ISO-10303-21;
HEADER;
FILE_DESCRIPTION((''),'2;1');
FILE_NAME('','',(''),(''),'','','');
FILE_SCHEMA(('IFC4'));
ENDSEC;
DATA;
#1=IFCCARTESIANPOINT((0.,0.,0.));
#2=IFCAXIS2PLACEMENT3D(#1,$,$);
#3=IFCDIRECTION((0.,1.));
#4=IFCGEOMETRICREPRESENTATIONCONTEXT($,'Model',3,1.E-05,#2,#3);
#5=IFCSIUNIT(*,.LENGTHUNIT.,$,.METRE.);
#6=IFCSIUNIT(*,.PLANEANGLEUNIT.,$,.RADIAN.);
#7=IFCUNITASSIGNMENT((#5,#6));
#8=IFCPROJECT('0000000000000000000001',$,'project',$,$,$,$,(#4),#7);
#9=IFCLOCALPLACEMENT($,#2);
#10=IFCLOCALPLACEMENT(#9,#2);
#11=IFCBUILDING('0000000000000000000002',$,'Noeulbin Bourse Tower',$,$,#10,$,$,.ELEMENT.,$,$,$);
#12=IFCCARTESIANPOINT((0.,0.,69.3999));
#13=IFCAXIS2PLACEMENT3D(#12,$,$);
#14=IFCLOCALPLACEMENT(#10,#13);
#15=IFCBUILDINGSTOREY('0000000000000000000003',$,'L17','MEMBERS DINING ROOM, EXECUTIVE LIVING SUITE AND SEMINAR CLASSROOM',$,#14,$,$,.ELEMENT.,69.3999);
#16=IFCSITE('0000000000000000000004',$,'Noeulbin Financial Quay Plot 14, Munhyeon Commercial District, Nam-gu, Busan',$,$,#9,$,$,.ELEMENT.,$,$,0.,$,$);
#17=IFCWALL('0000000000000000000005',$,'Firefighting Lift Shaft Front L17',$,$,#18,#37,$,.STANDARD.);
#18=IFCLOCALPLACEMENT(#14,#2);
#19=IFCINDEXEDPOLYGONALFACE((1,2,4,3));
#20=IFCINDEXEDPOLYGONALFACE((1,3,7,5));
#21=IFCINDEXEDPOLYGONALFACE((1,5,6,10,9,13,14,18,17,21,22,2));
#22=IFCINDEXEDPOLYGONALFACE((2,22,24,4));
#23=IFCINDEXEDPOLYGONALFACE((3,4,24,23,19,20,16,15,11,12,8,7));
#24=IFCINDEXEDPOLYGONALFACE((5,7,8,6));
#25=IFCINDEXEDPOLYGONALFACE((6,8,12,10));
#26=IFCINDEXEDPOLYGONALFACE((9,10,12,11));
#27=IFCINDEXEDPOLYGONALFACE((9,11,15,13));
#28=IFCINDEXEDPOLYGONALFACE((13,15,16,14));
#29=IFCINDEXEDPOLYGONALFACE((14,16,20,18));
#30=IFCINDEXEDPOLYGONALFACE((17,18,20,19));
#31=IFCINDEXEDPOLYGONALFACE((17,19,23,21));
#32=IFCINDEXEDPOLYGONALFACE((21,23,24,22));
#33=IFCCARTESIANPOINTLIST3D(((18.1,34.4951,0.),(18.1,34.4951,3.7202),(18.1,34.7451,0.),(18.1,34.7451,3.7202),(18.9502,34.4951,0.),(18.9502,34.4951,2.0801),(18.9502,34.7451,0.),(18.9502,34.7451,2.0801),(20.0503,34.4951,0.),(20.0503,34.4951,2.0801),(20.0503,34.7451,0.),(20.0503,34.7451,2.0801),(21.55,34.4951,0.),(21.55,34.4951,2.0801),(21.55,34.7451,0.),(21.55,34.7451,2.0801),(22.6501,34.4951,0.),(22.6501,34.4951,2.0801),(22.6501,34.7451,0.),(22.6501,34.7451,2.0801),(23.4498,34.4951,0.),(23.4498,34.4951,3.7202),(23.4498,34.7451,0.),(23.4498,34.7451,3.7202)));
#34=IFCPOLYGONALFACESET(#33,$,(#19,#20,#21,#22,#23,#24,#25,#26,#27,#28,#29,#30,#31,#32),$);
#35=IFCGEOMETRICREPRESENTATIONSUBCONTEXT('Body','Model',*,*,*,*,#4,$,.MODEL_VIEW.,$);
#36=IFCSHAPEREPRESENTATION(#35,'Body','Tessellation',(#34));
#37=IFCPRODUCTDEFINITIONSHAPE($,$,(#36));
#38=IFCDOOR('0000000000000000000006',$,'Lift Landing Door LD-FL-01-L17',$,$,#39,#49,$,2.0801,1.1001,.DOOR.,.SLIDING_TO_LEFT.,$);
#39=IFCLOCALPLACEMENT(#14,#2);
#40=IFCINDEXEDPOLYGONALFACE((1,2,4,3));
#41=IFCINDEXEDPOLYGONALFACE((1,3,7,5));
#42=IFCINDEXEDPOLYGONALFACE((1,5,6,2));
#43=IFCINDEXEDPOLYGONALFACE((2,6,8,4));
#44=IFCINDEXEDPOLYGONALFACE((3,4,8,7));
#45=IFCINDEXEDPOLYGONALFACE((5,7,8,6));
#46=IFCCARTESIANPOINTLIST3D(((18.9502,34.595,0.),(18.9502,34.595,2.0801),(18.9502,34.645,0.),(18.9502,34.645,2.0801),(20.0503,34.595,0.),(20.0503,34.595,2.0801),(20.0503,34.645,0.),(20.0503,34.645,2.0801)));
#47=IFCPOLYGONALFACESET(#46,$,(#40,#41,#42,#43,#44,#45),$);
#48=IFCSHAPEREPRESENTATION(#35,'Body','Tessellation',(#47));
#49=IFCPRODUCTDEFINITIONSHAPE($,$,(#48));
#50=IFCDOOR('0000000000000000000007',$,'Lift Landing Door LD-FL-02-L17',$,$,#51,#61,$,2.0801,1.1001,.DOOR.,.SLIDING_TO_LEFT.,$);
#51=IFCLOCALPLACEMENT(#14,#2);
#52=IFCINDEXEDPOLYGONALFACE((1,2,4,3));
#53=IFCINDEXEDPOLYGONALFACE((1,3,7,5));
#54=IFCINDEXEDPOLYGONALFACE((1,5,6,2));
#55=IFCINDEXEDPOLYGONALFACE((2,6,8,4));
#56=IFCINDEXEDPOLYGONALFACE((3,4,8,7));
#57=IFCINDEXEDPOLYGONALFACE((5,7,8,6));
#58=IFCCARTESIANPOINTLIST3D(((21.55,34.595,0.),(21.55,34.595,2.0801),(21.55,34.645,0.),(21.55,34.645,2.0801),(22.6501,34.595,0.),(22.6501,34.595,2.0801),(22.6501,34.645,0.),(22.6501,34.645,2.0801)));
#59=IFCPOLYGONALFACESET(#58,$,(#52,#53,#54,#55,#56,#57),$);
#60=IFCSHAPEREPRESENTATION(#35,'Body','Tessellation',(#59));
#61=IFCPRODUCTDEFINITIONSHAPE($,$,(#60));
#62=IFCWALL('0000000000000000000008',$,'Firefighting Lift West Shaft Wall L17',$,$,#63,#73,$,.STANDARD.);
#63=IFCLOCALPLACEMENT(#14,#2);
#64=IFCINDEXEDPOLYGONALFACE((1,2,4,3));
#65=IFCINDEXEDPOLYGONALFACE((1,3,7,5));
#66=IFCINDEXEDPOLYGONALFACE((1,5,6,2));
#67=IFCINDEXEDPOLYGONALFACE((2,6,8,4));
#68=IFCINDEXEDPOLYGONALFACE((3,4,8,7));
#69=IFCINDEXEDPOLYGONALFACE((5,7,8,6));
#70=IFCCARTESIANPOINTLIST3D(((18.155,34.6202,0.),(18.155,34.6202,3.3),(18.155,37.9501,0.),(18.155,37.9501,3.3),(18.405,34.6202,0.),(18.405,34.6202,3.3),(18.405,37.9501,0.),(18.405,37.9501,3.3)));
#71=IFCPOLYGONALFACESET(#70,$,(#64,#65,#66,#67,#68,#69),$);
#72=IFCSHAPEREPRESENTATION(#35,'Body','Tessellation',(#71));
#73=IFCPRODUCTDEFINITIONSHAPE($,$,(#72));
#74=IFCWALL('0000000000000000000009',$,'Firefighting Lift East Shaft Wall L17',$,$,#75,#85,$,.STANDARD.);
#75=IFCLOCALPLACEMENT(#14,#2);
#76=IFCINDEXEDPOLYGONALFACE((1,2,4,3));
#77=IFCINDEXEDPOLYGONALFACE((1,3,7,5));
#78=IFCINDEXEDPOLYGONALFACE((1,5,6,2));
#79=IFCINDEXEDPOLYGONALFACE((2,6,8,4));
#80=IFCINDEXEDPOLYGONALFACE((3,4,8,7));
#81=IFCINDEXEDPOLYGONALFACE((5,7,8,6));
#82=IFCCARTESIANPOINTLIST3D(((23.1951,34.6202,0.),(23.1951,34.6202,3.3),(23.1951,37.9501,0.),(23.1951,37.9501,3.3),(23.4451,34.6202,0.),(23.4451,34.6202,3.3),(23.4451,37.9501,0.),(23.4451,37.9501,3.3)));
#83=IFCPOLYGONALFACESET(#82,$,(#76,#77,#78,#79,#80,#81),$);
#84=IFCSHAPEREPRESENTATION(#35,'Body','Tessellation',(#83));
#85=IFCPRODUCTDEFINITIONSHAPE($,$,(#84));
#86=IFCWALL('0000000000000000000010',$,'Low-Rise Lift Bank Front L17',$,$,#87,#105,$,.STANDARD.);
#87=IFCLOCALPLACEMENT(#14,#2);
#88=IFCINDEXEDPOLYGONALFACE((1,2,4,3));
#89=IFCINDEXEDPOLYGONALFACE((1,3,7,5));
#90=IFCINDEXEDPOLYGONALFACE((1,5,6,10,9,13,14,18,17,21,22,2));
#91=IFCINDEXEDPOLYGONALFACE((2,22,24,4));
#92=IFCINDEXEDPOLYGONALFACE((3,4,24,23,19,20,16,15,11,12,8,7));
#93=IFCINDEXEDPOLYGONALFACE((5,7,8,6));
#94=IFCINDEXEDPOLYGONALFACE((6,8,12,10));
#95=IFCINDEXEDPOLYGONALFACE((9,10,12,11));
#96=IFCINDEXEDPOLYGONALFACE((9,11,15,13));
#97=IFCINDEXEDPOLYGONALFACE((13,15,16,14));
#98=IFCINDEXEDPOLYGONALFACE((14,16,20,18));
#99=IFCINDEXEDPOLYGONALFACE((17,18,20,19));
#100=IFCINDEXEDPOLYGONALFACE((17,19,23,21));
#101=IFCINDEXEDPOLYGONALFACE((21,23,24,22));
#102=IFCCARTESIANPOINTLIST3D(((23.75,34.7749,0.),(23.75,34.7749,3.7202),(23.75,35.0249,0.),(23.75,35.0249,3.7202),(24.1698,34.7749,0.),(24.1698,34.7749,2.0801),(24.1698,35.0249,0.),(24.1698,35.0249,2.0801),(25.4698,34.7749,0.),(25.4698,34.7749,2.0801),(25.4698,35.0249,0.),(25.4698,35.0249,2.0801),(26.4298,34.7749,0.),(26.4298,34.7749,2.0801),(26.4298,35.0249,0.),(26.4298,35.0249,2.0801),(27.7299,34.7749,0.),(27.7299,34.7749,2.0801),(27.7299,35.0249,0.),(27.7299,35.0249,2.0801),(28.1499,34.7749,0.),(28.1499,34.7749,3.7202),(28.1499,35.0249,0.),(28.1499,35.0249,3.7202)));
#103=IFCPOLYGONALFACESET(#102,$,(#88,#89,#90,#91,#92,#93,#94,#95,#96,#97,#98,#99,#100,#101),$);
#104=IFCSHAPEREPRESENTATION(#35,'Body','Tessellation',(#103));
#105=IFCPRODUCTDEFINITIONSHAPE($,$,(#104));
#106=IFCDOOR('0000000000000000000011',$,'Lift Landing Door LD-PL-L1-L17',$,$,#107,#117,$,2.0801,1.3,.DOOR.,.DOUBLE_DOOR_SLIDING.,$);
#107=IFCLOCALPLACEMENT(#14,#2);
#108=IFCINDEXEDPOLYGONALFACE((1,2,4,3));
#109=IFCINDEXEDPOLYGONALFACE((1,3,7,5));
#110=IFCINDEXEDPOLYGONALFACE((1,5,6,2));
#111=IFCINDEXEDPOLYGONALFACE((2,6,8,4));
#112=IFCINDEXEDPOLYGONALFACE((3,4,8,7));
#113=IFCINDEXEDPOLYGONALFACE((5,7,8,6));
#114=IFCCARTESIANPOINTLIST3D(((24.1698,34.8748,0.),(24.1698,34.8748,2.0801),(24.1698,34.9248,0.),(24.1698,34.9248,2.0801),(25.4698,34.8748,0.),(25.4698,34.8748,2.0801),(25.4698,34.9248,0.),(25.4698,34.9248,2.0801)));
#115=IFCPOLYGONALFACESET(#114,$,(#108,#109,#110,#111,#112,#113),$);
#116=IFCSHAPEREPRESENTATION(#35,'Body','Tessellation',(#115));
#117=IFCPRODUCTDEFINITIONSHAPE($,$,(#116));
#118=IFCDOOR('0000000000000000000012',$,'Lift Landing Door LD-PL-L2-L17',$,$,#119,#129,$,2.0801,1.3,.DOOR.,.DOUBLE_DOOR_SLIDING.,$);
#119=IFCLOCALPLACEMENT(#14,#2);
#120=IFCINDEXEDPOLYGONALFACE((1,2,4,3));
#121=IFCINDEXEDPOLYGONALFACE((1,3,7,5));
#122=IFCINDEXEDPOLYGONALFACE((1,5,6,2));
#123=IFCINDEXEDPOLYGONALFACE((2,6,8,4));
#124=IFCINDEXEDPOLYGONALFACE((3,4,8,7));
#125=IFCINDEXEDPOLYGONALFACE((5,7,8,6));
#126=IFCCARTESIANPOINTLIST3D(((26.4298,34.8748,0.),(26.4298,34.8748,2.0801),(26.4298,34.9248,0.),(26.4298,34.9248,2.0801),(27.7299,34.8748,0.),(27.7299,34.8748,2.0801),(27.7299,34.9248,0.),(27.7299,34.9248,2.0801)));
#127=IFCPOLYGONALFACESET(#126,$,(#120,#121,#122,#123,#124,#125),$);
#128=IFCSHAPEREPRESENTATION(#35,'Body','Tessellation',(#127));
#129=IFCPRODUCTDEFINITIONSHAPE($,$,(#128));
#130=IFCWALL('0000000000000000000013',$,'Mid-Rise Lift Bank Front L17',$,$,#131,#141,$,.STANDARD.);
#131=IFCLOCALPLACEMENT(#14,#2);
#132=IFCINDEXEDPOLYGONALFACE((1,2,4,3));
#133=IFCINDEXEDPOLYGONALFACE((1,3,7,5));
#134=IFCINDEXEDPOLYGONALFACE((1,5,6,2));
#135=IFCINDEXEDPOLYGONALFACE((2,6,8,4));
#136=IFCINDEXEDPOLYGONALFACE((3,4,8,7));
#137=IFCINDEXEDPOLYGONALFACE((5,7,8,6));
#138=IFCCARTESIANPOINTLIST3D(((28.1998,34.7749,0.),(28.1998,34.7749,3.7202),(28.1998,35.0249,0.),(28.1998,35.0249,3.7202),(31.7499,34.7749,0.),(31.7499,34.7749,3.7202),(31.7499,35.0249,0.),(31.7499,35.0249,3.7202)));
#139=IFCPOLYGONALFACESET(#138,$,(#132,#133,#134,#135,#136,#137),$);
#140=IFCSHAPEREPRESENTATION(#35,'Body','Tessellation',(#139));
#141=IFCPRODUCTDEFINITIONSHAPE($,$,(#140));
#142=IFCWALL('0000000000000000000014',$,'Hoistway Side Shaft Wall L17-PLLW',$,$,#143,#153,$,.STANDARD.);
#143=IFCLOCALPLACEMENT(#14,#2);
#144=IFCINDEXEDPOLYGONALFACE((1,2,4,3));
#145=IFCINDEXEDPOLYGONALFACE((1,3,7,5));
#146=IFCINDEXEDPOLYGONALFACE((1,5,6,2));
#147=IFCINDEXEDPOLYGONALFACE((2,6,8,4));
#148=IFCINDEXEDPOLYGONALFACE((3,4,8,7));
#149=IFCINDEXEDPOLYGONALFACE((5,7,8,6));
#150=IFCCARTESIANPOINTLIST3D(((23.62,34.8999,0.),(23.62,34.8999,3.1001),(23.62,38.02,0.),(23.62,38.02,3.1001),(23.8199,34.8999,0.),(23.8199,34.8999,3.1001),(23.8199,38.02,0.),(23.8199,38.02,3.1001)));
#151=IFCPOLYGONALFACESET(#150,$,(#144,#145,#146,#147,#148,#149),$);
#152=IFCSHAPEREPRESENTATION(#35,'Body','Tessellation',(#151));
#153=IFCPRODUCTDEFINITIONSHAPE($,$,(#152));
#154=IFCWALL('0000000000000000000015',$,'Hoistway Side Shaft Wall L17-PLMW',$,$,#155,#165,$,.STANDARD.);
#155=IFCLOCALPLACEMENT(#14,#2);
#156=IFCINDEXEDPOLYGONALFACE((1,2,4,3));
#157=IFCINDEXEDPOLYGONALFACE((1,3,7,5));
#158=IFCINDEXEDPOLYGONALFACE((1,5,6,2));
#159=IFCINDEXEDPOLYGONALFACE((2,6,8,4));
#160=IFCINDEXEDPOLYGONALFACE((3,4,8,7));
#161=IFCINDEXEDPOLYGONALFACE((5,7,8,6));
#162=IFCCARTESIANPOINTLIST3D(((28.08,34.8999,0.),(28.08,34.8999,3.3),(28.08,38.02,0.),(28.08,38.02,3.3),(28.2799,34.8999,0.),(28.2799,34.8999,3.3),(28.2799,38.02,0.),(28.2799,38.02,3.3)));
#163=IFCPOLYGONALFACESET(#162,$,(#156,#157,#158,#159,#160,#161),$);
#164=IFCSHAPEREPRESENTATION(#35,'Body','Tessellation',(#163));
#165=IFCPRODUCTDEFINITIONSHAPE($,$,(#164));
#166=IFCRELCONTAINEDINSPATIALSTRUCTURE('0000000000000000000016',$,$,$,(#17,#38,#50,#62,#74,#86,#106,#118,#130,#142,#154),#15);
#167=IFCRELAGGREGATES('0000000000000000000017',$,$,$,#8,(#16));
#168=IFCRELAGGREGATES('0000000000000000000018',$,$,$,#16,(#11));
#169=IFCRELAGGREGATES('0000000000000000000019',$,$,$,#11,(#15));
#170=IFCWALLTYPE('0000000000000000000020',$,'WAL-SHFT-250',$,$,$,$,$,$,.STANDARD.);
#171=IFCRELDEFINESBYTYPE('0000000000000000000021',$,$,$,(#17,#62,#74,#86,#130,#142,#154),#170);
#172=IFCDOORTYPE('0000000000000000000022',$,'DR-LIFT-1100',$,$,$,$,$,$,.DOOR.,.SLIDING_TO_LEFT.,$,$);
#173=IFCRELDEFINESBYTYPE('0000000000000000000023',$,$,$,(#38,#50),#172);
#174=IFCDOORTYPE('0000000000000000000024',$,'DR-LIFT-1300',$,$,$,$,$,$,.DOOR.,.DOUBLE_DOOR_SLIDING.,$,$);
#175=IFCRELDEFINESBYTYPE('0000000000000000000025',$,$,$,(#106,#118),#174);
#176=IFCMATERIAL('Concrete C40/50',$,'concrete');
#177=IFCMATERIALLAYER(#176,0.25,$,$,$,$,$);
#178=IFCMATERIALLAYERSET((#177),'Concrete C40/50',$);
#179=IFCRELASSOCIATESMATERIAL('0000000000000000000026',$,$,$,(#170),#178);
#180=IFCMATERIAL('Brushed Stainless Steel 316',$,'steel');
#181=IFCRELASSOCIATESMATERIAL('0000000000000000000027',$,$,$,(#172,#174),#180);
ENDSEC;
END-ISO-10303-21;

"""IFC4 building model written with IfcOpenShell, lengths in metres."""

from ifc_helpers import new_model, si_unit, direction, frame, frame_2d, origin, place, context, subcontext, project, spatial, rectangle, extrude, material, layer, layer_set, type_object, element, fill, save


model = new_model("IFC4")

# Units and contexts
model_context = context("Model", 3, precision=1e-05, world=origin(), true_north=direction((0.0, 1.0)))
body_context = subcontext(model_context, "Body", "Model", "MODEL_VIEW")
ifc_project = project(units=[si_unit("LENGTHUNIT", "METRE"), si_unit("PLANEANGLEUNIT", "RADIAN")], contexts=[model_context])

# Site, building, storey
site_placement = place(None, origin())
site = spatial("IfcSite", under=ifc_project, at=site_placement, Name="Noeulbin Financial Quay Plot 14, Munhyeon Commercial District, Nam-gu, Busan", CompositionType="ELEMENT", RefElevation=0.0)
building_placement = place(site_placement, origin())
building = spatial("IfcBuilding", under=site, at=building_placement, Name="Noeulbin Bourse Tower", CompositionType="ELEMENT")
storey_placement = place(building_placement, frame((0.0, 0.0, 69.3999)))
storey = spatial("IfcBuildingStorey", under=building, at=storey_placement, Name="L17", Description="MEMBERS DINING ROOM, EXECUTIVE LIVING SUITE AND SEMINAR CLASSROOM", CompositionType="ELEMENT", Elevation=69.3999)

# Shared definitions
ifc_material_1 = material(Name="Concrete C40/50", Category="concrete")

# Shared definitions
ifc_layer_1 = layer(ifc_material_1, 0.25)
ifc_layer_set_1 = layer_set([ifc_layer_1], Name="Concrete C40/50")
wall_type_1 = type_object("IfcWallType", Name="WAL-SHFT-250", PredefinedType="STANDARD", material=ifc_layer_set_1)

# Wall, openings, doors
wall_1_placement = place(storey_placement, frame((18.1001, 34.6201, 0.0), z_axis=(0.0, 0.0, 1.0), x_axis=(1.0, 0.0, 0.0)))
wall_1 = element("IfcWall", 1, at=wall_1_placement, inside=storey, type_object=wall_type_1, Name="Firefighting Lift Shaft Front L17", PredefinedType="STANDARD", context=body_context, shape_type="SweptSolid", body=[
    extrude(rectangle(XDim=5.3499, YDim=0.25, at=frame_2d((2.6748, 0.0))), origin(), (0.0, 0.0, 1.0), 3.7202),
])
opening_1_placement = place(wall_1_placement, frame((0.8501, 0.0, 0.0)))
opening_1 = element("IfcOpeningElement", 2, at=opening_1_placement, cuts=wall_1, PredefinedType="OPENING", context=body_context, shape_type="SweptSolid", body=[
    extrude(rectangle(XDim=1.1001, YDim=2.0801, at=frame_2d((0.55, 1.04))), frame((0.0, 0.135, 0.0), z_axis=(0.0, -1.0, 0.0), x_axis=(1.0, 0.0, 0.0)), (0.0, 0.0, 1.0), 0.27),
])
opening_2_placement = place(wall_1_placement, frame((3.45, 0.0, 0.0)))
opening_2 = element("IfcOpeningElement", 3, at=opening_2_placement, cuts=wall_1, PredefinedType="OPENING", context=body_context, shape_type="SweptSolid", body=[
    extrude(rectangle(XDim=1.1001, YDim=2.0801, at=frame_2d((0.55, 1.04))), frame((0.0, 0.135, 0.0), z_axis=(0.0, -1.0, 0.0), x_axis=(1.0, 0.0, 0.0)), (0.0, 0.0, 1.0), 0.27),
])
ifc_material_2 = material(Name="Brushed Stainless Steel 316", Category="steel")
door_type_1 = type_object("IfcDoorType", Name="DR-LIFT-1100", OperationType="SLIDING_TO_LEFT", PredefinedType="DOOR", material=ifc_material_2)
door_1_placement = place(opening_1_placement, origin())
door_1 = element("IfcDoor", 4, at=door_1_placement, inside=storey, type_object=door_type_1, Name="Lift Landing Door LD-FL-01-L17", OperationType="SLIDING_TO_LEFT", OverallHeight=2.0801, OverallWidth=1.1001, PredefinedType="DOOR", context=body_context, shape_type="SweptSolid", body=[
    extrude(rectangle(XDim=1.1001, YDim=2.0801, at=frame_2d((0.55, 1.04))), frame((0.0, 0.0249, 0.0), z_axis=(0.0, -1.0, 0.0), x_axis=(1.0, 0.0, 0.0)), (0.0, 0.0, 1.0), 0.05),
])
fill(opening_1, door_1)
door_2_placement = place(opening_2_placement, origin())
door_2 = element("IfcDoor", 5, at=door_2_placement, inside=storey, type_object=door_type_1, Name="Lift Landing Door LD-FL-02-L17", OperationType="SLIDING_TO_LEFT", OverallHeight=2.0801, OverallWidth=1.1001, PredefinedType="DOOR", context=body_context, shape_type="SweptSolid", body=[
    extrude(rectangle(XDim=1.1001, YDim=2.0801, at=frame_2d((0.55, 1.04))), frame((0.0, 0.0249, 0.0), z_axis=(0.0, -1.0, 0.0), x_axis=(1.0, 0.0, 0.0)), (0.0, 0.0, 1.0), 0.05),
])
fill(opening_2, door_2)

# Walls
for number, where, z_axis, x_axis, name in (
    (6, (18.28, 34.6201, 0.0), (0.0, 0.0, 1.0), (0.0, 1.0, 0.0), "Firefighting Lift West Shaft Wall L17"),
    (7, (23.3201, 34.6201, 0.0), (0.0, 0.0, 1.0), (0.0, 1.0, 0.0), "Firefighting Lift East Shaft Wall L17"),
):
    element("IfcWall", number, at=place(storey_placement, frame(where, z_axis=z_axis, x_axis=x_axis)), inside=storey, type_object=wall_type_1, Name=name, PredefinedType="STANDARD", context=body_context, shape_type="SweptSolid", body=[
        extrude(rectangle(XDim=3.3298, YDim=0.25, at=frame_2d((1.665, 0.0))), origin(), (0.0, 0.0, 1.0), 3.3),
    ])

# Wall, openings, doors
wall_2_placement = place(storey_placement, frame((23.75, 34.8999, 0.0), z_axis=(0.0, 0.0, 1.0), x_axis=(1.0, 0.0, 0.0)))
wall_2 = element("IfcWall", 8, at=wall_2_placement, inside=storey, type_object=wall_type_1, Name="Low-Rise Lift Bank Front L17", PredefinedType="STANDARD", context=body_context, shape_type="SweptSolid", body=[
    extrude(rectangle(XDim=4.3999, YDim=0.25, at=frame_2d((2.2, 0.0))), origin(), (0.0, 0.0, 1.0), 3.7202),
])
opening_3_placement = place(wall_2_placement, frame((0.4199, 0.0, 0.0)))
opening_3 = element("IfcOpeningElement", 9, at=opening_3_placement, cuts=wall_2, PredefinedType="OPENING", context=body_context, shape_type="SweptSolid", body=[
    extrude(rectangle(XDim=1.3, YDim=2.0801, at=frame_2d((0.6499, 1.04))), frame((0.0, 0.135, 0.0), z_axis=(0.0, -1.0, 0.0), x_axis=(1.0, 0.0, 0.0)), (0.0, 0.0, 1.0), 0.27),
])
opening_4_placement = place(wall_2_placement, frame((2.6799, 0.0, 0.0)))
opening_4 = element("IfcOpeningElement", 10, at=opening_4_placement, cuts=wall_2, PredefinedType="OPENING", context=body_context, shape_type="SweptSolid", body=[
    extrude(rectangle(XDim=1.3, YDim=2.0801, at=frame_2d((0.6499, 1.04))), frame((0.0, 0.135, 0.0), z_axis=(0.0, -1.0, 0.0), x_axis=(1.0, 0.0, 0.0)), (0.0, 0.0, 1.0), 0.27),
])
door_type_2 = type_object("IfcDoorType", Name="DR-LIFT-1300", OperationType="DOUBLE_DOOR_SLIDING", PredefinedType="DOOR", material=ifc_material_2)
door_3_placement = place(opening_3_placement, origin())
door_3 = element("IfcDoor", 11, at=door_3_placement, inside=storey, type_object=door_type_2, Name="Lift Landing Door LD-PL-L1-L17", OperationType="DOUBLE_DOOR_SLIDING", OverallHeight=2.0801, OverallWidth=1.3, PredefinedType="DOOR", context=body_context, shape_type="SweptSolid", body=[
    extrude(rectangle(XDim=1.3, YDim=2.0801, at=frame_2d((0.6499, 1.04))), frame((0.0, 0.0249, 0.0), z_axis=(0.0, -1.0, 0.0), x_axis=(1.0, 0.0, 0.0)), (0.0, 0.0, 1.0), 0.05),
])
fill(opening_3, door_3)
door_4_placement = place(opening_4_placement, origin())
door_4 = element("IfcDoor", 12, at=door_4_placement, inside=storey, type_object=door_type_2, Name="Lift Landing Door LD-PL-L2-L17", OperationType="DOUBLE_DOOR_SLIDING", OverallHeight=2.0801, OverallWidth=1.3, PredefinedType="DOOR", context=body_context, shape_type="SweptSolid", body=[
    extrude(rectangle(XDim=1.3, YDim=2.0801, at=frame_2d((0.6499, 1.04))), frame((0.0, 0.0249, 0.0), z_axis=(0.0, -1.0, 0.0), x_axis=(1.0, 0.0, 0.0)), (0.0, 0.0, 1.0), 0.05),
])
fill(opening_4, door_4)

# Walls
wall_3_placement = place(storey_placement, frame((28.2, 34.8999, 0.0), z_axis=(0.0, 0.0, 1.0), x_axis=(1.0, 0.0, 0.0)))
element("IfcWall", 13, at=wall_3_placement, inside=storey, type_object=wall_type_1, Name="Mid-Rise Lift Bank Front L17", PredefinedType="STANDARD", context=body_context, shape_type="SweptSolid", body=[
    extrude(rectangle(XDim=3.55, YDim=0.25, at=frame_2d((1.7749, 0.0))), origin(), (0.0, 0.0, 1.0), 3.7202),
])
wall_4_placement = place(storey_placement, frame((23.72, 34.8999, 0.0), z_axis=(0.0, 0.0, 1.0), x_axis=(0.0, 1.0, 0.0)))
element("IfcWall", 14, at=wall_4_placement, inside=storey, type_object=wall_type_1, Name="Hoistway Side Shaft Wall L17-PLLW", PredefinedType="STANDARD", context=body_context, shape_type="SweptSolid", body=[
    extrude(rectangle(XDim=3.1201, YDim=0.2, at=frame_2d((1.5601, 0.0))), origin(), (0.0, 0.0, 1.0), 3.1001),
])
wall_5_placement = place(storey_placement, frame((28.1799, 34.8999, 0.0), z_axis=(0.0, 0.0, 1.0), x_axis=(0.0, 1.0, 0.0)))
element("IfcWall", 15, at=wall_5_placement, inside=storey, type_object=wall_type_1, Name="Hoistway Side Shaft Wall L17-PLMW", PredefinedType="STANDARD", context=body_context, shape_type="SweptSolid", body=[
    extrude(rectangle(XDim=3.1201, YDim=0.2, at=frame_2d((1.5601, 0.0))), origin(), (0.0, 0.0, 1.0), 3.3),
])

save(model, "model.ifc")
